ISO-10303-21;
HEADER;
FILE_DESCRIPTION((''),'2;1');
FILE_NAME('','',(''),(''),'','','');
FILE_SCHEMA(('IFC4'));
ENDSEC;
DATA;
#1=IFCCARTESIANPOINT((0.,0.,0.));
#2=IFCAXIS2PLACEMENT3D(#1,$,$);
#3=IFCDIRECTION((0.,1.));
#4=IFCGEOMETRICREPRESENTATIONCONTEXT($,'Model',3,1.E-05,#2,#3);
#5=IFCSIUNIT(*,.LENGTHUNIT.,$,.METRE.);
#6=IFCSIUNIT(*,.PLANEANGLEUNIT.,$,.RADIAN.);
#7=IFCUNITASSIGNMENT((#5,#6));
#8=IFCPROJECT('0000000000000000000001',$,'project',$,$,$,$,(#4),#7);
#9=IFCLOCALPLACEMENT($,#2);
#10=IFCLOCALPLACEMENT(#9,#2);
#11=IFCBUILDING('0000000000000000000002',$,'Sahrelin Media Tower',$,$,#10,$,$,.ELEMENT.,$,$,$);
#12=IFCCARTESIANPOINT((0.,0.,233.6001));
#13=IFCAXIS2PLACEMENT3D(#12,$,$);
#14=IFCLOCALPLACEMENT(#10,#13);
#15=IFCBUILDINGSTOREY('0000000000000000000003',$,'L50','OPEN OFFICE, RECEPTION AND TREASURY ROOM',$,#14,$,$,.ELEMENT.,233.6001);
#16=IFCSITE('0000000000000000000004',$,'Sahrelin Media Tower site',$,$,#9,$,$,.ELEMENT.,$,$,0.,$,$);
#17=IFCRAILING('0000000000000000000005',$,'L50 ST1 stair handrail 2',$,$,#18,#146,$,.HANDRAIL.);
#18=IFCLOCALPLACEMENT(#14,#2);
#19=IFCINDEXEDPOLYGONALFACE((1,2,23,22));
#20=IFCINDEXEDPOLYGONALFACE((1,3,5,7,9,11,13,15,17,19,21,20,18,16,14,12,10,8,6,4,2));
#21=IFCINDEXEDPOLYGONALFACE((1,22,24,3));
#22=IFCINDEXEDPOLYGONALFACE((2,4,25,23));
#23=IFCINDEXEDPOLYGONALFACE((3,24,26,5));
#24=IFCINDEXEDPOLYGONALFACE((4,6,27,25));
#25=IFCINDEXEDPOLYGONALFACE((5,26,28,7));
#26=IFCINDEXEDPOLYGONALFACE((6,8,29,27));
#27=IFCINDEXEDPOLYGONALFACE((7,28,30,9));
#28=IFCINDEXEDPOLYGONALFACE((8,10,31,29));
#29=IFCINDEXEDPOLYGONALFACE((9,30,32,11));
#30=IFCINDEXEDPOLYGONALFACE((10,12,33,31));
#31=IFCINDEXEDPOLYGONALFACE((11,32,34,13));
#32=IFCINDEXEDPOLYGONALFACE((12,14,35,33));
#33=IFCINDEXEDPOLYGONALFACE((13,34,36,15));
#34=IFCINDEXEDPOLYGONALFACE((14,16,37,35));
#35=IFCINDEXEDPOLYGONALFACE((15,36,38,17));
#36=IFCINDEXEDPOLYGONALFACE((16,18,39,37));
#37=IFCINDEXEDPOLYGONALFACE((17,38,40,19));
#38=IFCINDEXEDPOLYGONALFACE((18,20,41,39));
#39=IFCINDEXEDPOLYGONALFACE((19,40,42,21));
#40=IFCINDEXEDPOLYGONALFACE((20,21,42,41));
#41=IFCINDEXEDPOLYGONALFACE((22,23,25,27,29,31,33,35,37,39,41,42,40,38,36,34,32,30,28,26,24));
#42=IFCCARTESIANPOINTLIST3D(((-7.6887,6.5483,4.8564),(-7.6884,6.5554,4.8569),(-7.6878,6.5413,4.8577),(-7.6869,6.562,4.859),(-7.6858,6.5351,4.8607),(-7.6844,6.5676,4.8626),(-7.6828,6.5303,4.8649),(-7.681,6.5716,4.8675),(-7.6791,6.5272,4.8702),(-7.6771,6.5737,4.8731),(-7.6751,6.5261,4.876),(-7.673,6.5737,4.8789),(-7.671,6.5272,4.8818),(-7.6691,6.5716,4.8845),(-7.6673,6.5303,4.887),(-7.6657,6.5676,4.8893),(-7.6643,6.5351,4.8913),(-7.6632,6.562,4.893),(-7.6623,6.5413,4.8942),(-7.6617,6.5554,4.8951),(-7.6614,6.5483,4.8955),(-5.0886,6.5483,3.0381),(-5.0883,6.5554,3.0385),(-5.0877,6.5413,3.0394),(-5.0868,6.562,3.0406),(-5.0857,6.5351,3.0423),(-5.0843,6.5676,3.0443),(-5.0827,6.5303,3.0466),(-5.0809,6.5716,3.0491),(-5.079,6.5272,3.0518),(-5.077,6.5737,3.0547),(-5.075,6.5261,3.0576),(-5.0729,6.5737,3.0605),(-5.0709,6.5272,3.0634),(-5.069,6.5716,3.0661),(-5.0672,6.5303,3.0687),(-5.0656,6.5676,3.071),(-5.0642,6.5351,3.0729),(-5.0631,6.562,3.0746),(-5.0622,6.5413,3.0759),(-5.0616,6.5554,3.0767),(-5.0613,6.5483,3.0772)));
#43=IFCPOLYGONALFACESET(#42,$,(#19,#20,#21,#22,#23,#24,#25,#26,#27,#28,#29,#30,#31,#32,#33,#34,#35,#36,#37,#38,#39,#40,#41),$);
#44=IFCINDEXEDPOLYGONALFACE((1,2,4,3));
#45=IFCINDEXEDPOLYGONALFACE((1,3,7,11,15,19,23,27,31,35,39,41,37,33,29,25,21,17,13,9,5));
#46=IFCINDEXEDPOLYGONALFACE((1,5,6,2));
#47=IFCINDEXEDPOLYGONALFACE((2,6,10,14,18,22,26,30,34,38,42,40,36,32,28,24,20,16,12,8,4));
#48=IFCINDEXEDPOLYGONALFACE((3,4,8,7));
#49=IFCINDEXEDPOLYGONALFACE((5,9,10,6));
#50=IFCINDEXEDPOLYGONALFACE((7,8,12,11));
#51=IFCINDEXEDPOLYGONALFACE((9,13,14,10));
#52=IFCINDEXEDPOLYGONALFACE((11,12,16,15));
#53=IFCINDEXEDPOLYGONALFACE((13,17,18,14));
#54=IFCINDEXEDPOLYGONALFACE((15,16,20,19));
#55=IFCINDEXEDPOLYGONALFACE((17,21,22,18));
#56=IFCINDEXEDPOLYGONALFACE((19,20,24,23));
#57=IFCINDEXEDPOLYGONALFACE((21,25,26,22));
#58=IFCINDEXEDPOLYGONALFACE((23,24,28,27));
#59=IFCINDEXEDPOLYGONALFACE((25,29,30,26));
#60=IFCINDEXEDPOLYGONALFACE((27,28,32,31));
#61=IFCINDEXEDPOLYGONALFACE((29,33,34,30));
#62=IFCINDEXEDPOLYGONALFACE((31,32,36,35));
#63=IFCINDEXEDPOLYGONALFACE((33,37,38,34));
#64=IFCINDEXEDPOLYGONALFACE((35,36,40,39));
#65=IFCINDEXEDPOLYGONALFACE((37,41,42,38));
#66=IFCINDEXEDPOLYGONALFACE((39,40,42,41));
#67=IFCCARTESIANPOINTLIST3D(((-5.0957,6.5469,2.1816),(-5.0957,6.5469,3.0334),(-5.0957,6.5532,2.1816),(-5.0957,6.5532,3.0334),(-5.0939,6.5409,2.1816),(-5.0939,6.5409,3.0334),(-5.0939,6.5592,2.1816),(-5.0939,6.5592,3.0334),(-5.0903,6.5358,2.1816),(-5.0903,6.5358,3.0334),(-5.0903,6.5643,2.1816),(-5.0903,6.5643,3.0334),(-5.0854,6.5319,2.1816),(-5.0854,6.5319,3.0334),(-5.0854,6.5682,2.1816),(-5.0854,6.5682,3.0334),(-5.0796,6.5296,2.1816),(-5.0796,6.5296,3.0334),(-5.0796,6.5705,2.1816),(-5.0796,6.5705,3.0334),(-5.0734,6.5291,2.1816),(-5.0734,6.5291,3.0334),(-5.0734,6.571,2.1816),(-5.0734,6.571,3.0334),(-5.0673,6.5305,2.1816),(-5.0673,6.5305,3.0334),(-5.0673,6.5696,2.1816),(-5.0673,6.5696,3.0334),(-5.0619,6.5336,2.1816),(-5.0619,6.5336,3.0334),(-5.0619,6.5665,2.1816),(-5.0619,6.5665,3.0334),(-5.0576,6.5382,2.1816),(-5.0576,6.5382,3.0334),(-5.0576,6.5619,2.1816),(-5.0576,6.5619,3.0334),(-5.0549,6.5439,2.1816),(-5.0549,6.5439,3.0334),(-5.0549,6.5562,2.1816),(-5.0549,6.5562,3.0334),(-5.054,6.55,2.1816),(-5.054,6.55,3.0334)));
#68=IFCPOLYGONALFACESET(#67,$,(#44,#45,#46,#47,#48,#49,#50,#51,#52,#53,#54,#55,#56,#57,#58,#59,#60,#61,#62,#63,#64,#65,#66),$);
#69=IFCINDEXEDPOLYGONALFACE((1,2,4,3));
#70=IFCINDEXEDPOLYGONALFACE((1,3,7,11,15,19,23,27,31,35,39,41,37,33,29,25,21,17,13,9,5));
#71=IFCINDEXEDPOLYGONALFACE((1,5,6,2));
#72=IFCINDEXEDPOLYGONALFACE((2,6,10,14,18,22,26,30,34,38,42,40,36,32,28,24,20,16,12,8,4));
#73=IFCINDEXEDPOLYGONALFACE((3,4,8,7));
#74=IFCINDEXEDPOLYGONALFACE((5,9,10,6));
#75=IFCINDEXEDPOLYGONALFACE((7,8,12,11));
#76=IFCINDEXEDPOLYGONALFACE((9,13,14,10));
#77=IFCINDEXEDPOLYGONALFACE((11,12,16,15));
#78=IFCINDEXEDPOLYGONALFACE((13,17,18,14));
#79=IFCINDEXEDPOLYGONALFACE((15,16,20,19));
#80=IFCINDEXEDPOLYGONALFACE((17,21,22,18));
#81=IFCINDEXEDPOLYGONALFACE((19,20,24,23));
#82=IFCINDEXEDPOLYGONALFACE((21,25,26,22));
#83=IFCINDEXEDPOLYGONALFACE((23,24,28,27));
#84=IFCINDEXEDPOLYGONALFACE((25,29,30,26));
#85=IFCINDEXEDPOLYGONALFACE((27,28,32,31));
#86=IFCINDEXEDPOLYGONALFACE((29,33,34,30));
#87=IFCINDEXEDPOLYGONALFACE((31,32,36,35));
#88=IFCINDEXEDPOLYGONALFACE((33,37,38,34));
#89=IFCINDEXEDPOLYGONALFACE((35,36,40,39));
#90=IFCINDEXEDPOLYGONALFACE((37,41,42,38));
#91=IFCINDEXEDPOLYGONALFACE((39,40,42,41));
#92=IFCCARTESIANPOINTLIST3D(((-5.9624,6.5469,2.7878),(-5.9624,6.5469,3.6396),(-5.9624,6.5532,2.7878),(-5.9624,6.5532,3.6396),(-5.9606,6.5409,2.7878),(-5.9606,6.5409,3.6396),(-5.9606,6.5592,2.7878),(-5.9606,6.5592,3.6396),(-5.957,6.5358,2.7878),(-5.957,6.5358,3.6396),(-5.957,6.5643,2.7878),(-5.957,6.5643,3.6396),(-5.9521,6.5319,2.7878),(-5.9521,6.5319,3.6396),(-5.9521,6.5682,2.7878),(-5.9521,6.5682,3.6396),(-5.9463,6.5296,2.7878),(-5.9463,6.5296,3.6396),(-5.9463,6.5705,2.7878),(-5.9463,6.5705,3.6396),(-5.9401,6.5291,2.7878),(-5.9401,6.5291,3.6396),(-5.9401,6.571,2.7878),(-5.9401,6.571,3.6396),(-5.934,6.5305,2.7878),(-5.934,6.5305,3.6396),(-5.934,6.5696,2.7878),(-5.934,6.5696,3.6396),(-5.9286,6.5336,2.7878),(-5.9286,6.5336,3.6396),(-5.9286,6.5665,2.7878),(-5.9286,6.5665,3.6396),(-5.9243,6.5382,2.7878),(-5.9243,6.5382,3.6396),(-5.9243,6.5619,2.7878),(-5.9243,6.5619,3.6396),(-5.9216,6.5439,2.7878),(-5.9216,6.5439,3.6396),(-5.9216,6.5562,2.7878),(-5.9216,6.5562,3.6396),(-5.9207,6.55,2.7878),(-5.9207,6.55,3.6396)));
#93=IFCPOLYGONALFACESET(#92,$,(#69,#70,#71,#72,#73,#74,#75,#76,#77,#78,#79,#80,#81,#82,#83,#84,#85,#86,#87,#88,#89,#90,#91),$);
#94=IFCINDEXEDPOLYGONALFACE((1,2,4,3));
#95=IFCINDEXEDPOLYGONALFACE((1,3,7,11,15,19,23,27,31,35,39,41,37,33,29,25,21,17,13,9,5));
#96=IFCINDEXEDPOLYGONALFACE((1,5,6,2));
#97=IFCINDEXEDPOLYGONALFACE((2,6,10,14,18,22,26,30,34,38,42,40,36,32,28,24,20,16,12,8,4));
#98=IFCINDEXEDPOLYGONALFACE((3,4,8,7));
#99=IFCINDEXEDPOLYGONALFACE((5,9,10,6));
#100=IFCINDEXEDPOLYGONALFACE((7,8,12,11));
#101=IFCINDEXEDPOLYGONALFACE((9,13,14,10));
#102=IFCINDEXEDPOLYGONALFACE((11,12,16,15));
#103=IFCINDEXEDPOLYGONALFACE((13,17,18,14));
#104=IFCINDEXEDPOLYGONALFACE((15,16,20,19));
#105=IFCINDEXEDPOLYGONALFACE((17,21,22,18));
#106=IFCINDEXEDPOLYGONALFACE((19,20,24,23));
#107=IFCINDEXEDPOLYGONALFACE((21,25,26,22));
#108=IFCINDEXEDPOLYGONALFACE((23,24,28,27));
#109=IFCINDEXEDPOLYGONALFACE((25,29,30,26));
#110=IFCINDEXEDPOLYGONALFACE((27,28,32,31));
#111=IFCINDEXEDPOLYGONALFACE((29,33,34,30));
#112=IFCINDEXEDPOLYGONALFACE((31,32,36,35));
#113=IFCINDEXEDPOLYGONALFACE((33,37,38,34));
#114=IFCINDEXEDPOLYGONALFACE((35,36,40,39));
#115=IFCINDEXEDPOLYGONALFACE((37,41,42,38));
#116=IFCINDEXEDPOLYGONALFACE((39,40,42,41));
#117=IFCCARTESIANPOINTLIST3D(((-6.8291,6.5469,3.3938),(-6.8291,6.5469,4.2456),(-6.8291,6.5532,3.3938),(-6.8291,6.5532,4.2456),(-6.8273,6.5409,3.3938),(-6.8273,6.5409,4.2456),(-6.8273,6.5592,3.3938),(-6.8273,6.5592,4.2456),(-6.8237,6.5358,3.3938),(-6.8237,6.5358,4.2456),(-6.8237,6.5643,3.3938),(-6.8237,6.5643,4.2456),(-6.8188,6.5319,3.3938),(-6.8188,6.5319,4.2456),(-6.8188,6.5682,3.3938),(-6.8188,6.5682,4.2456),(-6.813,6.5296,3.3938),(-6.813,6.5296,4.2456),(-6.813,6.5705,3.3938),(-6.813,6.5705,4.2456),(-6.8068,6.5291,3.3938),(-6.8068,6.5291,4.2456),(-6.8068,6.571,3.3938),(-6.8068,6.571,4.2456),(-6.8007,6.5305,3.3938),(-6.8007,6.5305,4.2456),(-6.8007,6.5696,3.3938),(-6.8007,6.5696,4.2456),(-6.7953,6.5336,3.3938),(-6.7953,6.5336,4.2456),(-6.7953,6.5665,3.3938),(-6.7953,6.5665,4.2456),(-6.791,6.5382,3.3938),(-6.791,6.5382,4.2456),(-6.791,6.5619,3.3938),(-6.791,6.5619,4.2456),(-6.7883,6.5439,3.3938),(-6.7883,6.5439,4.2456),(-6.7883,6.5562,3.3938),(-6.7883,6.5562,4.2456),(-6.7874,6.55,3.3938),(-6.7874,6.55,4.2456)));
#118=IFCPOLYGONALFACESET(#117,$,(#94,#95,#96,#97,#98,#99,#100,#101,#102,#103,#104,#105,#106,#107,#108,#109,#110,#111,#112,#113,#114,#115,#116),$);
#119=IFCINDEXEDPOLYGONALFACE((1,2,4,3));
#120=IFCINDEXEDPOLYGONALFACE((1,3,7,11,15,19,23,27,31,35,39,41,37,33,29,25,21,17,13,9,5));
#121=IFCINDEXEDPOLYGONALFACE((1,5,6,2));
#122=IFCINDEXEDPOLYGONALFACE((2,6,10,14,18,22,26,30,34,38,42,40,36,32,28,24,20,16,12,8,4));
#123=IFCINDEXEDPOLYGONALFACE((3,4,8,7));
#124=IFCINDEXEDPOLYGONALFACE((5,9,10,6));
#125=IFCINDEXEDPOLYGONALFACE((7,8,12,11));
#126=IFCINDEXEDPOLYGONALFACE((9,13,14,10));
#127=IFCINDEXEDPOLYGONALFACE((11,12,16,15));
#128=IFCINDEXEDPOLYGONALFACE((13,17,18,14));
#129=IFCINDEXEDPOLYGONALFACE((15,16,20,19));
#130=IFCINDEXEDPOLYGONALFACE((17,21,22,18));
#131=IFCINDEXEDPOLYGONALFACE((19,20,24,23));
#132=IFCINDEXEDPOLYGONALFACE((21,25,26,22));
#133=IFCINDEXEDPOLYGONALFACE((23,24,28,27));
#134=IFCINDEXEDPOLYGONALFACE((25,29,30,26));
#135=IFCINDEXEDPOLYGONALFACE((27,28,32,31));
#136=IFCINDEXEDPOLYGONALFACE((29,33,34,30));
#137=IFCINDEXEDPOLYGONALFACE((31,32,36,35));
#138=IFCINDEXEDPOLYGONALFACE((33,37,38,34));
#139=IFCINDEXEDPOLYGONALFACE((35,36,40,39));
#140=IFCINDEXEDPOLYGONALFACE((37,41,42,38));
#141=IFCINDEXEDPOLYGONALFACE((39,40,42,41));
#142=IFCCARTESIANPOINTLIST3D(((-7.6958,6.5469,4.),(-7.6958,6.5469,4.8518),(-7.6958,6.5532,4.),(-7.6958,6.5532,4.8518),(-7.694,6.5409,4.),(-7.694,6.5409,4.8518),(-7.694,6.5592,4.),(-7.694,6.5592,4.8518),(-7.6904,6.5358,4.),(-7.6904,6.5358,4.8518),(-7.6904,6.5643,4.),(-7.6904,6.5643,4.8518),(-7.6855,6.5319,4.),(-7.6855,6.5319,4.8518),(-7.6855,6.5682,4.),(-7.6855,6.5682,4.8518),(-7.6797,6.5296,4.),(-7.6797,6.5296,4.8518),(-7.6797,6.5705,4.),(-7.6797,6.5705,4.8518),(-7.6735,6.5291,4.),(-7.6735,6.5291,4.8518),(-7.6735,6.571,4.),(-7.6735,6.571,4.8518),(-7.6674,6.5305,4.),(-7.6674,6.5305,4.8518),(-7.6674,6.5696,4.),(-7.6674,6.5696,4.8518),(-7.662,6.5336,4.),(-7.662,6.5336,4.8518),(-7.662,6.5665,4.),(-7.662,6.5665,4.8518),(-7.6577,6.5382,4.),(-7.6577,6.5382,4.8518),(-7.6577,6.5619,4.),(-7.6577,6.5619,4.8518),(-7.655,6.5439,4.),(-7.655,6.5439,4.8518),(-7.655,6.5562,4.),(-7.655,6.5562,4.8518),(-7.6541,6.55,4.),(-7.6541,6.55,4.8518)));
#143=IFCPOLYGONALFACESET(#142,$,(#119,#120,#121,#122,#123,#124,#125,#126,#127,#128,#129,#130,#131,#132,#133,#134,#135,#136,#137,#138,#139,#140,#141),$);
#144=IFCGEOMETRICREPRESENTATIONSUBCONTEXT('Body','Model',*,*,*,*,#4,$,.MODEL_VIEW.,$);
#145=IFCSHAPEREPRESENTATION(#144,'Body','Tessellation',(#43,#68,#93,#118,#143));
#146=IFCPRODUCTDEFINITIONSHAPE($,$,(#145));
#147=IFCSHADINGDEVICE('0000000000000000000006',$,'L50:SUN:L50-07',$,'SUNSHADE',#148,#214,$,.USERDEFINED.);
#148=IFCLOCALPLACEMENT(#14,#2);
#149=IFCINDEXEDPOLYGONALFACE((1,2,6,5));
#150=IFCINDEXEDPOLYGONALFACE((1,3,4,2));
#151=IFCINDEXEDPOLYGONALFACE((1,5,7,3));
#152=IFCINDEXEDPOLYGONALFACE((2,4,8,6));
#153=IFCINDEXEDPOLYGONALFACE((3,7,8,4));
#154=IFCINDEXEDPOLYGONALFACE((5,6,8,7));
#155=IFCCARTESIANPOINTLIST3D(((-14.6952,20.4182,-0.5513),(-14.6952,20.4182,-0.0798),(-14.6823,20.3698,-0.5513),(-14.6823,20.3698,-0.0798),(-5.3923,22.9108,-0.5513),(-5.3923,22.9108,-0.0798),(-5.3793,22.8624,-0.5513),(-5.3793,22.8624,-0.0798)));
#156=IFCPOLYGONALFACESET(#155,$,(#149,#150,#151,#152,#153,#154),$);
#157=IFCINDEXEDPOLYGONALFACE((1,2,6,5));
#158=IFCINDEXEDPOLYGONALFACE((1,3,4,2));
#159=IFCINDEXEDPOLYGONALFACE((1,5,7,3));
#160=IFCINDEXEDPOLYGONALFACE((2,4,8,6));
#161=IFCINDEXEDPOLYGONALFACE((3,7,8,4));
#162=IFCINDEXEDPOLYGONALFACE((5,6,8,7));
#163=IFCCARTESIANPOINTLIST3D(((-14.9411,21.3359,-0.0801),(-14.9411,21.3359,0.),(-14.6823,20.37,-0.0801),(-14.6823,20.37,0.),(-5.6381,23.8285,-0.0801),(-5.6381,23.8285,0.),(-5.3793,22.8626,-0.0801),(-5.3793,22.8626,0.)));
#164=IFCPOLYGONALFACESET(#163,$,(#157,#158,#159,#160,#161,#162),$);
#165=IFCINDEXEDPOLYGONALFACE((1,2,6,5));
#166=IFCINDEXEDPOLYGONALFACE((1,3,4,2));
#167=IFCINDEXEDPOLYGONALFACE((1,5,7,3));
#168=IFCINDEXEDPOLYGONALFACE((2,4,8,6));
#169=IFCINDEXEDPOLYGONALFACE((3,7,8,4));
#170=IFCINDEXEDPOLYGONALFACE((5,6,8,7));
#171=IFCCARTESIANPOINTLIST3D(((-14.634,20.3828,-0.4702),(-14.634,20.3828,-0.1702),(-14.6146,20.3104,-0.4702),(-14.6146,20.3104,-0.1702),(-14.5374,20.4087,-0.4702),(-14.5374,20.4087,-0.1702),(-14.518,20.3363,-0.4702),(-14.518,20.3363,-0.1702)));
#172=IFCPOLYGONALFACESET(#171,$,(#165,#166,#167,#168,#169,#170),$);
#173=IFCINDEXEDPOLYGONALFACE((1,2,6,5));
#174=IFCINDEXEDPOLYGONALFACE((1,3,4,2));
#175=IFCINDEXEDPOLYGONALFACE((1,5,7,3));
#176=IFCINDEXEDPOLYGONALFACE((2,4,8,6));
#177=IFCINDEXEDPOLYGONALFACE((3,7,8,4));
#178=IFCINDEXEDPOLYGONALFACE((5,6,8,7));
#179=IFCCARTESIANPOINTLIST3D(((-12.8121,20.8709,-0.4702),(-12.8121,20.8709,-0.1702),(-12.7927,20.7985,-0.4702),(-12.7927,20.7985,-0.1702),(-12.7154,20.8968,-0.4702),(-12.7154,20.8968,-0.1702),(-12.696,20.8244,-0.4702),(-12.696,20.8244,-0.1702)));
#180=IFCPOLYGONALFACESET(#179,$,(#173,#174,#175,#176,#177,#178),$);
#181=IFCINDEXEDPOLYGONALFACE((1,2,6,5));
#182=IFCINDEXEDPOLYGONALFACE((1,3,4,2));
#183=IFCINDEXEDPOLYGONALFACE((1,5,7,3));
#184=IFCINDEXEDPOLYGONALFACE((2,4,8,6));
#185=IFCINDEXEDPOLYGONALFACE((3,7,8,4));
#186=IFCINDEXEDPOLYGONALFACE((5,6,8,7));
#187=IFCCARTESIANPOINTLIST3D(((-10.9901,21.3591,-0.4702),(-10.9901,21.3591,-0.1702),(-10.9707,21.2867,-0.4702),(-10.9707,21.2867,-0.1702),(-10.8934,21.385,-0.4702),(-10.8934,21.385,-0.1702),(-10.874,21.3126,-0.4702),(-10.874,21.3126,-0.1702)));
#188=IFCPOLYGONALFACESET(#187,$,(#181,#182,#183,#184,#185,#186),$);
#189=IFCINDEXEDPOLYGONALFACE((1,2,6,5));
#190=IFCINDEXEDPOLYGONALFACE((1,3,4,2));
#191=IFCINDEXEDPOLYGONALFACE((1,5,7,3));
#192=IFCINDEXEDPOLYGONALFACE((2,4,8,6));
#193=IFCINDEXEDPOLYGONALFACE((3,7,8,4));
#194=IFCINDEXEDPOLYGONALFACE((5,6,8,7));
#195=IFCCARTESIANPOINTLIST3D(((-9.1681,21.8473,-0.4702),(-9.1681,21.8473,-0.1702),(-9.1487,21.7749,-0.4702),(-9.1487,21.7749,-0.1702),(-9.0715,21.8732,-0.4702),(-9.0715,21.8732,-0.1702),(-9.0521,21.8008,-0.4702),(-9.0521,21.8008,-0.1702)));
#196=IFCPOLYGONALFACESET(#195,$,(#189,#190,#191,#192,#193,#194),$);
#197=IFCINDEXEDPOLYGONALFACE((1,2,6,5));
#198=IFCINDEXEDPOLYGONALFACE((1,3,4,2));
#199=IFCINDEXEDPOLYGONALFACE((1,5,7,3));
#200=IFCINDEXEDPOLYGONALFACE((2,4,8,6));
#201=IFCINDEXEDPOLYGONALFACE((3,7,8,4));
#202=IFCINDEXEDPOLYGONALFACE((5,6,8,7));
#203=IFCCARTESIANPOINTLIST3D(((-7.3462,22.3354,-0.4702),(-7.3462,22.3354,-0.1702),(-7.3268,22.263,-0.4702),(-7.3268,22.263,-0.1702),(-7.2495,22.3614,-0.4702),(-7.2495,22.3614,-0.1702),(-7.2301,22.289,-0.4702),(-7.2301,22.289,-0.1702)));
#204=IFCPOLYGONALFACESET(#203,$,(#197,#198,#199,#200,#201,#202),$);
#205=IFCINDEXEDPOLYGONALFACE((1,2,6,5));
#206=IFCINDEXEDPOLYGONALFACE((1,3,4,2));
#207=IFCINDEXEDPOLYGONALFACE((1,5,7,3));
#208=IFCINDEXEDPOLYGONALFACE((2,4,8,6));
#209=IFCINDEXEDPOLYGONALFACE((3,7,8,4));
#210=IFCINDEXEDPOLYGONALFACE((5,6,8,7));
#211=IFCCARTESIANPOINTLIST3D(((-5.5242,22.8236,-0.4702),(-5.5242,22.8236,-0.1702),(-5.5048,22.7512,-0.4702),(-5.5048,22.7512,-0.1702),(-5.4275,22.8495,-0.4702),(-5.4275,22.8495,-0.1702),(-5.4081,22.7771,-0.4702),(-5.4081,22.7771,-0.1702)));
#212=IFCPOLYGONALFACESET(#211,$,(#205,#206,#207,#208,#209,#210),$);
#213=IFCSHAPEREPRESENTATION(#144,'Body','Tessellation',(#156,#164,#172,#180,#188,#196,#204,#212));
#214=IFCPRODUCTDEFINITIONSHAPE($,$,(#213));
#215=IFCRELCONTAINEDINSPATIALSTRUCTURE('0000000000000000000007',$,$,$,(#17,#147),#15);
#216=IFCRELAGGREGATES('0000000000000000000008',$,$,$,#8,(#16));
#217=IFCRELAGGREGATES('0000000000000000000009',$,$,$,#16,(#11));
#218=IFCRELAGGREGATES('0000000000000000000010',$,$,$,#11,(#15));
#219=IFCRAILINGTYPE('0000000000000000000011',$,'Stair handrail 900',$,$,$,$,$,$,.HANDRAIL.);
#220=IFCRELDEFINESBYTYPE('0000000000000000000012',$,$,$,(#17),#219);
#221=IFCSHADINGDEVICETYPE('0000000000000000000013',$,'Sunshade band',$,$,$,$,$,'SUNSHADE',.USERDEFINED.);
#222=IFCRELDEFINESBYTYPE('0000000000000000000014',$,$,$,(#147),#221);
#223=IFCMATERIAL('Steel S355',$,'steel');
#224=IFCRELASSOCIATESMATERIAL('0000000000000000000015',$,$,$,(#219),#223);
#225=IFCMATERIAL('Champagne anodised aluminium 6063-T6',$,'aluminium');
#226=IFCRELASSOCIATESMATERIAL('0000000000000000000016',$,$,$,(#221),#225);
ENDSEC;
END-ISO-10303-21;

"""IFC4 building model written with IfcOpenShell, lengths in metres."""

from ifc_helpers import new_model, si_unit, direction, frame, origin, origin_2d, place, context, subcontext, project, spatial, rectangle, circle, extrude, material, type_object, element, save


model = new_model("IFC4")

# Units and contexts
model_context = context("Model", 3, precision=1e-05, world=origin(), true_north=direction((0.0, 1.0)))
body_context = subcontext(model_context, "Body", "Model", "MODEL_VIEW")
ifc_project = project(units=[si_unit("LENGTHUNIT", "METRE"), si_unit("PLANEANGLEUNIT", "RADIAN")], contexts=[model_context])

# Site, building, storey
site_placement = place(None, origin())
site = spatial("IfcSite", under=ifc_project, at=site_placement, Name="Sahrelin Media Tower site", CompositionType="ELEMENT", RefElevation=0.0)
building_placement = place(site_placement, origin())
building = spatial("IfcBuilding", under=site, at=building_placement, Name="Sahrelin Media Tower", CompositionType="ELEMENT")
storey_placement = place(building_placement, frame((0.0, 0.0, 233.6001)))
storey = spatial("IfcBuildingStorey", under=building, at=storey_placement, Name="L50", Description="OPEN OFFICE, RECEPTION AND TREASURY ROOM", CompositionType="ELEMENT", Elevation=233.6001)

# Shared definitions
ifc_material_1 = material(Name="Steel S355", Category="steel")

# Shared definitions
ifc_material_2 = material(Name="Champagne anodised aluminium 6063-T6", Category="aluminium")

# Shared definitions
placement = place(storey_placement, frame((-10.0256, 21.5969, 0.0), z_axis=(0.0, 0.0, 1.0), x_axis=(0.965929, 0.258808, 0.0)))

# Railing
railing_type = type_object("IfcRailingType", Name="Stair handrail 900", PredefinedType="HANDRAIL", material=ifc_material_1)
railing_placement = place(storey_placement, frame((-5.075, 6.55, 2.1816)))
element("IfcRailing", 1, at=railing_placement, inside=storey, type_object=railing_type, Name="L50 ST1 stair handrail 2", PredefinedType="HANDRAIL", context=body_context, shape_type="SweptSolid", body=[
    extrude(circle(Radius=0.0239, at=origin_2d()), frame((0.0, 0.0, 0.876), z_axis=(-0.819485, 0.0, 0.573101), x_axis=(0.0, -1.0, 0.0)), (0.0, 0.0, 1.0), 3.1729),
    extrude(circle(Radius=0.021, at=origin_2d()), origin(), (0.0, 0.0, 1.0), 0.8518),
    extrude(circle(Radius=0.021, at=origin_2d()), frame((-0.8667, 0.0, 0.6062)), (0.0, 0.0, 1.0), 0.8518),
    extrude(circle(Radius=0.021, at=origin_2d()), frame((-1.7334, 0.0, 1.2122)), (0.0, 0.0, 1.0), 0.8518),
    extrude(circle(Radius=0.021, at=origin_2d()), frame((-2.6001, 0.0, 1.8184)), (0.0, 0.0, 1.0), 0.8518),
])

# Shading device
shading_device_type_1 = type_object("IfcShadingDeviceType", Name="Sunshade band", ElementType="SUNSHADE", PredefinedType="USERDEFINED", material=ifc_material_2)
element("IfcShadingDevice", 2, at=placement, inside=storey, type_object=shading_device_type_1, Name="L50:SUN:L50-07", ObjectType="SUNSHADE", PredefinedType="USERDEFINED", context=body_context, shape_type="SweptSolid", body=[
    extrude(rectangle(XDim=9.6311, YDim=0.05, at=origin_2d()), frame((0.0, 0.0449, -0.5513)), (0.0, 0.0, 1.0), 0.4714),
    extrude(rectangle(XDim=9.6311, YDim=1.0, at=origin_2d()), frame((0.0, 0.52, -0.0801)), (0.0, 0.0, 1.0), 0.0801),
    extrude(rectangle(XDim=0.1001, YDim=0.075, at=origin_2d()), frame((-4.7156, -0.0176, -0.4702)), (0.0, 0.0, 1.0), 0.3),
    extrude(rectangle(XDim=0.1001, YDim=0.075, at=origin_2d()), frame((-2.8293, -0.0176, -0.4702)), (0.0, 0.0, 1.0), 0.3),
    extrude(rectangle(XDim=0.1001, YDim=0.075, at=origin_2d()), frame((-0.9431, -0.0176, -0.4702)), (0.0, 0.0, 1.0), 0.3),
    extrude(rectangle(XDim=0.1001, YDim=0.075, at=origin_2d()), frame((0.9431, -0.0176, -0.4702)), (0.0, 0.0, 1.0), 0.3),
    extrude(rectangle(XDim=0.1001, YDim=0.075, at=origin_2d()), frame((2.8293, -0.0176, -0.4702)), (0.0, 0.0, 1.0), 0.3),
    extrude(rectangle(XDim=0.1001, YDim=0.075, at=origin_2d()), frame((4.7156, -0.0176, -0.4702)), (0.0, 0.0, 1.0), 0.3),
])

save(model, "model.ifc")
